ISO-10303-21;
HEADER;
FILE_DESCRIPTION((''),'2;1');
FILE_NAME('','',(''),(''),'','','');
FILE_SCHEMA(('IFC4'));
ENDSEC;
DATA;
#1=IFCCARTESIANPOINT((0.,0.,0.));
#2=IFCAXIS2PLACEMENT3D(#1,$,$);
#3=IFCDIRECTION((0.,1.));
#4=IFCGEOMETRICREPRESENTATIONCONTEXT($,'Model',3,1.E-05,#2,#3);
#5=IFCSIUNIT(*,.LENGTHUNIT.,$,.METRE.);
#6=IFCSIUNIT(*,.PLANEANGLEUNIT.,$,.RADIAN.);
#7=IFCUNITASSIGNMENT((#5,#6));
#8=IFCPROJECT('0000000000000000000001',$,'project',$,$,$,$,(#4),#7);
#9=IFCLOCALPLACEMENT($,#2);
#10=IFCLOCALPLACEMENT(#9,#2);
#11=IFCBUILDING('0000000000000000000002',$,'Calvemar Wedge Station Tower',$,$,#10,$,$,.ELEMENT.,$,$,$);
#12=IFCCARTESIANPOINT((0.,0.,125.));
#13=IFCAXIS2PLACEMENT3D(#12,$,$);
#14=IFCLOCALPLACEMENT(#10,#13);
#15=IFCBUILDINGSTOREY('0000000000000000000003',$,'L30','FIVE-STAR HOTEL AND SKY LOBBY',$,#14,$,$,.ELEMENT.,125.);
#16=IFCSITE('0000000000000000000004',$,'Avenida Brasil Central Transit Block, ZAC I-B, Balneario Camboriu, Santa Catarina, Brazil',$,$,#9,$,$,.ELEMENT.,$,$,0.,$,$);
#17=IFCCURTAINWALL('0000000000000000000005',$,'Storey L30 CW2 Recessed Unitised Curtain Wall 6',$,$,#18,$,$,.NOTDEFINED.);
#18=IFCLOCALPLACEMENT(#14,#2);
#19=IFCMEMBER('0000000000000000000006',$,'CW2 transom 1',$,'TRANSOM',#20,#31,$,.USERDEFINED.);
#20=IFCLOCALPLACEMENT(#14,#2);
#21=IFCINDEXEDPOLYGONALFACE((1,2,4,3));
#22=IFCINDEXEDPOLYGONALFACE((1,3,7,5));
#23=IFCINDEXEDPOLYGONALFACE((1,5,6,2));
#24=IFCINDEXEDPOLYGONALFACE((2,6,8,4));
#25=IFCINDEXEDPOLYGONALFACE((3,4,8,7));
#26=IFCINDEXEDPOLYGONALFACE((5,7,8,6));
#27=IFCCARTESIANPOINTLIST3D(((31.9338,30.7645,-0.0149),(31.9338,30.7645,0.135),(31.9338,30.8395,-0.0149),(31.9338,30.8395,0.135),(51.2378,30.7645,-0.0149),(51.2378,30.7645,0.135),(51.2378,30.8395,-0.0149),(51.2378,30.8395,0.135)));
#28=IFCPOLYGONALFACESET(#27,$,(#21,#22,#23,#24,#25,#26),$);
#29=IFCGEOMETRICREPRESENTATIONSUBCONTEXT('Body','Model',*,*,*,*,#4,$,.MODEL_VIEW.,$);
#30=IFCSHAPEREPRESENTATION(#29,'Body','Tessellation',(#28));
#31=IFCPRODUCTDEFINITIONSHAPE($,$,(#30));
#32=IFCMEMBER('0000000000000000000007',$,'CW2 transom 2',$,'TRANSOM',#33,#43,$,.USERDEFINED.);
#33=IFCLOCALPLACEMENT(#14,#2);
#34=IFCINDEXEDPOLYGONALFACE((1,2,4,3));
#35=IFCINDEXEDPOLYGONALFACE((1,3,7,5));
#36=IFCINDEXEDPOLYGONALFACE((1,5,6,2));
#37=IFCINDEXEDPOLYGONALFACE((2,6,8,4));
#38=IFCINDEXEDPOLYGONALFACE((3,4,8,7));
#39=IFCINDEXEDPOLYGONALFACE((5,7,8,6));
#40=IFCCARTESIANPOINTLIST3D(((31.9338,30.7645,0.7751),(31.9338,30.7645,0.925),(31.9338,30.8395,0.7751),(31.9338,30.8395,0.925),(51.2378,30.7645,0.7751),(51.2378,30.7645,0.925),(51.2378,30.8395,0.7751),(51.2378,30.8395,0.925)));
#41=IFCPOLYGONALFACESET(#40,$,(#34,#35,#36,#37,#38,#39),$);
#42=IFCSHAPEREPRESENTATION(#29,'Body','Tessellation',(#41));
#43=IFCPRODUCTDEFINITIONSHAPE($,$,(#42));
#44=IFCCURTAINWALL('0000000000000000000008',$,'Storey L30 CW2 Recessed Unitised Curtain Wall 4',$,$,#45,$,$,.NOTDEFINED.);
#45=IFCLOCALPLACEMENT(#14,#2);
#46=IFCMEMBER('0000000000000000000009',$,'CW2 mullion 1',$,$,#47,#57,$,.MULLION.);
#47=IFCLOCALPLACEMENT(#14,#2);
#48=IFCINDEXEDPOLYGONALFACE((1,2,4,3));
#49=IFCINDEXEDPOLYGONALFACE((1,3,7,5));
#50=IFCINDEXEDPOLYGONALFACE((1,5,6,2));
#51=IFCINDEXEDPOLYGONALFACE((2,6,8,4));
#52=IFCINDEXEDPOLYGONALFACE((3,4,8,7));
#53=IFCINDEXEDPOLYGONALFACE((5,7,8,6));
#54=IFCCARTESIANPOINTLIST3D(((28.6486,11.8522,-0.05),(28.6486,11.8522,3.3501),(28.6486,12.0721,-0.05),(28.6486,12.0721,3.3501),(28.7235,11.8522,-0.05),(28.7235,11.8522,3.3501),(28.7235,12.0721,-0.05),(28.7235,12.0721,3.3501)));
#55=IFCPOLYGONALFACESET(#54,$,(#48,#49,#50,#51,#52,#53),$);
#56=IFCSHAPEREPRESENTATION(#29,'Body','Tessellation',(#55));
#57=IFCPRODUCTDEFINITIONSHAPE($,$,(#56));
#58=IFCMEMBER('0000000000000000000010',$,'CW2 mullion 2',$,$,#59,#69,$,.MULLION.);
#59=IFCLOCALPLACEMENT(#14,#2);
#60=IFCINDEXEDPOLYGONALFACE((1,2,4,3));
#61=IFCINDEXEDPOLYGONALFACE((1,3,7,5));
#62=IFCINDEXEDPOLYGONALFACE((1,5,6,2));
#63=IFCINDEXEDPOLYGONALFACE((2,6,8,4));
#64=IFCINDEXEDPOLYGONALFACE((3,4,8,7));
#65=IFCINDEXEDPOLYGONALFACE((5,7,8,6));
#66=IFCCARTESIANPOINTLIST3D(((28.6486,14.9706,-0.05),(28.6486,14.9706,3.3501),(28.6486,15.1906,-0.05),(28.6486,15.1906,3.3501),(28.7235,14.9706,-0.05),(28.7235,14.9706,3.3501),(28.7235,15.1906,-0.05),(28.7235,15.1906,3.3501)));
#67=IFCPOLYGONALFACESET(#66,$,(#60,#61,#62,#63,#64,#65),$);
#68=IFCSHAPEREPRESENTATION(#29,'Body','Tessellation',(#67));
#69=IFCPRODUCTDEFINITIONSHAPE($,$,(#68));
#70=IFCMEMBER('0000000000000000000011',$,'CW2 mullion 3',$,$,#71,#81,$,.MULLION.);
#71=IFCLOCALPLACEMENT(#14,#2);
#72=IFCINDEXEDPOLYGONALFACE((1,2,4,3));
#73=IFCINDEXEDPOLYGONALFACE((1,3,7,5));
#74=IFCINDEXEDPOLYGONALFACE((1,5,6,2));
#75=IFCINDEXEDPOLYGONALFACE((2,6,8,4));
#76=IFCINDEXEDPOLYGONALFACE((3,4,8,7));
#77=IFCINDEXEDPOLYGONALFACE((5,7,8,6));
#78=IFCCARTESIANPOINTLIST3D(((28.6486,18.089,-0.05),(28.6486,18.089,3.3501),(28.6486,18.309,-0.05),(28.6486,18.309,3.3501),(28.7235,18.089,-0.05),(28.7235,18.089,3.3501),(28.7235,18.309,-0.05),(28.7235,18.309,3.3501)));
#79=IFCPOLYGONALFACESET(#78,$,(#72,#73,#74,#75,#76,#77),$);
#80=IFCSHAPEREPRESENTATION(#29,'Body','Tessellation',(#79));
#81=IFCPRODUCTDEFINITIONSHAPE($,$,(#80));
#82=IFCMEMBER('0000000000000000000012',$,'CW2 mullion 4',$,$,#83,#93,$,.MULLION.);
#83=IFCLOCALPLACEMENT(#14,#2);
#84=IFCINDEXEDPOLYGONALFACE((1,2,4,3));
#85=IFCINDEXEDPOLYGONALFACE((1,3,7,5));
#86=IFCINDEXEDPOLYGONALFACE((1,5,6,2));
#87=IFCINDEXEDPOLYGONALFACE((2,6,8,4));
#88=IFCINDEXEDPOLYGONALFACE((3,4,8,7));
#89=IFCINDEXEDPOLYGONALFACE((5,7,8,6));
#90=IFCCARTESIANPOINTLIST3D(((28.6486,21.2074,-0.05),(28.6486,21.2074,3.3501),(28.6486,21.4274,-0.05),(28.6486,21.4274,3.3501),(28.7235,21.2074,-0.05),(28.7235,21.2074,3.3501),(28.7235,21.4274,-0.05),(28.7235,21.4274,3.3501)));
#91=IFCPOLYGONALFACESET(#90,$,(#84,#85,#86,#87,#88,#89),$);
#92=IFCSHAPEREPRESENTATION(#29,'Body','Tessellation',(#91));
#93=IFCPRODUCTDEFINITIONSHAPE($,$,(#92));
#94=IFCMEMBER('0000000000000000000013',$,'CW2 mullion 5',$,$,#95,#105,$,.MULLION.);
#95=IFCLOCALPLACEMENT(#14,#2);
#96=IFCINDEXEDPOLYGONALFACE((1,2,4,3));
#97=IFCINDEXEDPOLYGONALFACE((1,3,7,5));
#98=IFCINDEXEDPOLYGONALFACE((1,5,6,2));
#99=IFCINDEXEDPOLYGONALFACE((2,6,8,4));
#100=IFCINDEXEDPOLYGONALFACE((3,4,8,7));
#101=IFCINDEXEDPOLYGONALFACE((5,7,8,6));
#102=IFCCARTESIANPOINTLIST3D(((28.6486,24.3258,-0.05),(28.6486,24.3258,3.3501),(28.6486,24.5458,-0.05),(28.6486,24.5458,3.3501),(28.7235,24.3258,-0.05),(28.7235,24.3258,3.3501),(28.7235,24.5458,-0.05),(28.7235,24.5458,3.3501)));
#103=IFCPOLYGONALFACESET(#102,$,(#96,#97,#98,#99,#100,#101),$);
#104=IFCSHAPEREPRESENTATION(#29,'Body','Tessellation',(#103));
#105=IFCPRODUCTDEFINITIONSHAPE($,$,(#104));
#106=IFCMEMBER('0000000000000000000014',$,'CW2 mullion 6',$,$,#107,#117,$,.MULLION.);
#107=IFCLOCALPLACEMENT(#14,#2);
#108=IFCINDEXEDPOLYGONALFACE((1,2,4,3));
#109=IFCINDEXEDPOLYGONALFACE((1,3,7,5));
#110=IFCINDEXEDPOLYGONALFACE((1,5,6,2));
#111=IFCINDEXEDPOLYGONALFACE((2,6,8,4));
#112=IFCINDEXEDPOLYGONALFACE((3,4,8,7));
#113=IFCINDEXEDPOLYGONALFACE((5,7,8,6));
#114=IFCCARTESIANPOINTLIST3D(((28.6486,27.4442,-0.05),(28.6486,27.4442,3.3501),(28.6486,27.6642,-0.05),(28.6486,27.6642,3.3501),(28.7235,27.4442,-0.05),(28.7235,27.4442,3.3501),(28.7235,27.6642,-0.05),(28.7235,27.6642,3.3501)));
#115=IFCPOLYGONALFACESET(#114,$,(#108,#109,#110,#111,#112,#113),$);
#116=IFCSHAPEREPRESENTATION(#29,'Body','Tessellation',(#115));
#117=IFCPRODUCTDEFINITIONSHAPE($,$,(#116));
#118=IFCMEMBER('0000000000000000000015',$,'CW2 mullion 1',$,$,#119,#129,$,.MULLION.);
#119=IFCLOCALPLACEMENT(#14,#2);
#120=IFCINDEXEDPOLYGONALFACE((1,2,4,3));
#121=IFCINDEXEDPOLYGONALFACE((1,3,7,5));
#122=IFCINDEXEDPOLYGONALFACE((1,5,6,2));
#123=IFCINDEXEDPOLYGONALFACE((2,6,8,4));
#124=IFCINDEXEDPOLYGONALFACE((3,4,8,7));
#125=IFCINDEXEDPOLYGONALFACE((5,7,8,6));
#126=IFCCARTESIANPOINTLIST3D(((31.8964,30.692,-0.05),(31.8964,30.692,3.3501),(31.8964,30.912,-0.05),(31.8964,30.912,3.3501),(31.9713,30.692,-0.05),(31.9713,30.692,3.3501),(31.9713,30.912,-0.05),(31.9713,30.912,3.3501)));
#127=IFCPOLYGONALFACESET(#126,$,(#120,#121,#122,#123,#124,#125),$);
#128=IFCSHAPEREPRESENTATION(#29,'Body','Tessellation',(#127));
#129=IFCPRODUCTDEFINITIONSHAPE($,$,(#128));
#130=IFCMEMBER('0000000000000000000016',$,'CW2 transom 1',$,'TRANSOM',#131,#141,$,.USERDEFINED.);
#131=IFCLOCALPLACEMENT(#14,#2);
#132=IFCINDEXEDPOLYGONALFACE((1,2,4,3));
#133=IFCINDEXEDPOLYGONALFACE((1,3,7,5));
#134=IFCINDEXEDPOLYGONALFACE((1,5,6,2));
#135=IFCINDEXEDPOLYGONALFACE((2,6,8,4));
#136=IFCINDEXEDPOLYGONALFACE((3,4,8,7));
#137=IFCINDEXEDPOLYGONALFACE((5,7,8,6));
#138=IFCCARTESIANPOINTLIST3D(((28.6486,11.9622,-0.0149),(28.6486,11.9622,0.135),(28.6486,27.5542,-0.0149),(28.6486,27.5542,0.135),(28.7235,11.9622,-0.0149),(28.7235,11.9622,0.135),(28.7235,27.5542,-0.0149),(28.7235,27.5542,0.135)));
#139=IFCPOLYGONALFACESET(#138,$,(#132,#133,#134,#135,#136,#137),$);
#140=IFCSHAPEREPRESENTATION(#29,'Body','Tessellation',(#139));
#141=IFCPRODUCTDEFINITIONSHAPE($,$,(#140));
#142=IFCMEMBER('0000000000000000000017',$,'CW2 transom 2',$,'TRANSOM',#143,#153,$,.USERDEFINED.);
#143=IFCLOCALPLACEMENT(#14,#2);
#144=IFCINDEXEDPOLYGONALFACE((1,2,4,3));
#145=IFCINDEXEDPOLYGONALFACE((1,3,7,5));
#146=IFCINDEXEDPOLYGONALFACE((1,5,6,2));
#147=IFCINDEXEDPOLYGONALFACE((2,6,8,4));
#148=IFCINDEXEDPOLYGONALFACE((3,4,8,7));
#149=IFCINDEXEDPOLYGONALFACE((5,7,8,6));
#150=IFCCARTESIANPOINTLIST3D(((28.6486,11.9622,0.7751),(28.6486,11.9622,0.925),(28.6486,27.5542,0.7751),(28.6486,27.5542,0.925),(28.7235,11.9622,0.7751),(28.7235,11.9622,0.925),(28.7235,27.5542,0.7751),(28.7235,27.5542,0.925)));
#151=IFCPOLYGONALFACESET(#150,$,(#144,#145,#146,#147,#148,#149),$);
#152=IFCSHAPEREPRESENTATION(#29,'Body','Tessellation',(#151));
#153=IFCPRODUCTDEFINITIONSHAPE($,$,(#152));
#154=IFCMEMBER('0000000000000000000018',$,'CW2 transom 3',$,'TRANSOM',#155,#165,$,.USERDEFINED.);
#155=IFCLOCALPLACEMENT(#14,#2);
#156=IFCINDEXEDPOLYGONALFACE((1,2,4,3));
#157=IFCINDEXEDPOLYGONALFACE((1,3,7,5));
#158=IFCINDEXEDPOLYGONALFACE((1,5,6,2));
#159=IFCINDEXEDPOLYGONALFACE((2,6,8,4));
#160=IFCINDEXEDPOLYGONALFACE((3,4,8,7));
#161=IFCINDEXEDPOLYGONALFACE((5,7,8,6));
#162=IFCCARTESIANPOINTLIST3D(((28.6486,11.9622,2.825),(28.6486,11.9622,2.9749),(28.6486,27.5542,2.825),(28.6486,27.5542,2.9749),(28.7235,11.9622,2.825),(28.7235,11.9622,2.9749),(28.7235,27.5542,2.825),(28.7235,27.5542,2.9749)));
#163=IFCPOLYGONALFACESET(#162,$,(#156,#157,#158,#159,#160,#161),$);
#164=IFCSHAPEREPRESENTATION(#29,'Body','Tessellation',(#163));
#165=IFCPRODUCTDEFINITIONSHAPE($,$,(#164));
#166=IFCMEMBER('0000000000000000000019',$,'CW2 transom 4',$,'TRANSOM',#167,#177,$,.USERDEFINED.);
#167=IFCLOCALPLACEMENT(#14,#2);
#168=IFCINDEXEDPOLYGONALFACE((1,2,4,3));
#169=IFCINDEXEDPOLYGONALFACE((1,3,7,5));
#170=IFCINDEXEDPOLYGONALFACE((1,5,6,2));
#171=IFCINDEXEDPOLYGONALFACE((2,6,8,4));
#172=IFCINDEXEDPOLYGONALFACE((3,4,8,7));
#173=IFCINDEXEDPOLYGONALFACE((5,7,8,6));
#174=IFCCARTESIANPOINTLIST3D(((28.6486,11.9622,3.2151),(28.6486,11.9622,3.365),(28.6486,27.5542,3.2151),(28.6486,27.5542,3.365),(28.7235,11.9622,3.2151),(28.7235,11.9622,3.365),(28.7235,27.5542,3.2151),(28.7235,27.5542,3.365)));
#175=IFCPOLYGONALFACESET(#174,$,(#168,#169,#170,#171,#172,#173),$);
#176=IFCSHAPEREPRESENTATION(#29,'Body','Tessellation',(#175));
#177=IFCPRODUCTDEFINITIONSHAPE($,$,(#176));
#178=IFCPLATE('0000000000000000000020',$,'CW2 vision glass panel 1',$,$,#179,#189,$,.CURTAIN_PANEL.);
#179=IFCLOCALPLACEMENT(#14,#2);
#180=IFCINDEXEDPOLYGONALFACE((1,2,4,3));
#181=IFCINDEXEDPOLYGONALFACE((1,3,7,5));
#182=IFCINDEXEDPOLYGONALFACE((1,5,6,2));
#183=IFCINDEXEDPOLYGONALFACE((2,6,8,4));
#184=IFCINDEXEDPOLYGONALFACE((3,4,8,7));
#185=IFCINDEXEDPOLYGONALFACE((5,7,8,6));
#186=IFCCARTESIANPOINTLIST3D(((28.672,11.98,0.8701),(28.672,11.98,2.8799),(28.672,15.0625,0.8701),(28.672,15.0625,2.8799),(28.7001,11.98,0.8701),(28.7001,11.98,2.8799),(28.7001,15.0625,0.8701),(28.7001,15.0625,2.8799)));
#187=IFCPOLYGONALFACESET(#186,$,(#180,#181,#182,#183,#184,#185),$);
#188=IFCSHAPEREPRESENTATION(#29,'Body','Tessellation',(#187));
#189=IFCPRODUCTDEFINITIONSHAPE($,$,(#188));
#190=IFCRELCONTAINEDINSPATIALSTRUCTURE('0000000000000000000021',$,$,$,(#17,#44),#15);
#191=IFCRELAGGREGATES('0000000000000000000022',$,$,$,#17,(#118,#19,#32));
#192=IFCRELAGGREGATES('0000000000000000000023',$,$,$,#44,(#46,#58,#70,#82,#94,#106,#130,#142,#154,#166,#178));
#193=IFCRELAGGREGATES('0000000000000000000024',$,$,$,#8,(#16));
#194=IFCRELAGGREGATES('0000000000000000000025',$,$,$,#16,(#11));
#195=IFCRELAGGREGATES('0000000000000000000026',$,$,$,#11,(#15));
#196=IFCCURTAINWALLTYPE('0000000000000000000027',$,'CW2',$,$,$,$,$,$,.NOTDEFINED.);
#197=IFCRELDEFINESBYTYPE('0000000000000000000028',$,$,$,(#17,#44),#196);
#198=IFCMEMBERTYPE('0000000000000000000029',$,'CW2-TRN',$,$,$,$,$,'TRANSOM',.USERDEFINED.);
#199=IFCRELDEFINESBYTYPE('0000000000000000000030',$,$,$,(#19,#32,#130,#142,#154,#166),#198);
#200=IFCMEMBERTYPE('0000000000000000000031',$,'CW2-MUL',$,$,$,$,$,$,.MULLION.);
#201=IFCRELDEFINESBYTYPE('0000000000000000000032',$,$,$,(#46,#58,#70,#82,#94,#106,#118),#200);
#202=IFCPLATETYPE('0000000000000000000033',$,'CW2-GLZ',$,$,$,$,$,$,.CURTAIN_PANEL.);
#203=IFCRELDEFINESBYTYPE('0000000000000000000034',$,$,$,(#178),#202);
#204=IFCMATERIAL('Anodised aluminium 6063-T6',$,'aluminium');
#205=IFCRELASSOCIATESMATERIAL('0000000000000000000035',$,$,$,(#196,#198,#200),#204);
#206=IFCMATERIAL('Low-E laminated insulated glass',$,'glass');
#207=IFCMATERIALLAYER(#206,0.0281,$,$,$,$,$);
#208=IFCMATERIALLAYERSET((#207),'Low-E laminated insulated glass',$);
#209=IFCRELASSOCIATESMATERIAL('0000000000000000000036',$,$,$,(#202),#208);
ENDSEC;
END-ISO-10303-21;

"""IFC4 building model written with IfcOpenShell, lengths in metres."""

from ifc_helpers import new_model, si_unit, direction, frame, frame_2d, origin, origin_2d, place, context, subcontext, project, spatial, rectangle, extrude, source, transform, mapped, material, layer, layer_set, material_profile, profile_set, type_object, element, aggregate, save


model = new_model("IFC4")

# Units and contexts
model_context = context("Model", 3, precision=1e-05, world=origin(), true_north=direction((0.0, 1.0)))
body_context = subcontext(model_context, "Body", "Model", "MODEL_VIEW")
ifc_project = project(units=[si_unit("LENGTHUNIT", "METRE"), si_unit("PLANEANGLEUNIT", "RADIAN")], contexts=[model_context])

# Site, building, storey
site_placement = place(None, origin())
site = spatial("IfcSite", under=ifc_project, at=site_placement, Name="Avenida Brasil Central Transit Block, ZAC I-B, Balneario Camboriu, Santa Catarina, Brazil", CompositionType="ELEMENT", RefElevation=0.0)
building_placement = place(site_placement, origin())
building = spatial("IfcBuilding", under=site, at=building_placement, Name="Calvemar Wedge Station Tower", CompositionType="ELEMENT")
storey_placement = place(building_placement, frame((0.0, 0.0, 125.0)))
storey = spatial("IfcBuildingStorey", under=building, at=storey_placement, Name="L30", Description="FIVE-STAR HOTEL AND SKY LOBBY", CompositionType="ELEMENT", Elevation=125.0)

# Curtain walls, members
ifc_material_1 = material(Name="Anodised aluminium 6063-T6", Category="aluminium")
curtain_wall_type = type_object("IfcCurtainWallType", Name="CW2", PredefinedType="NOTDEFINED", material=ifc_material_1)
curtain_wall_1_placement = place(storey_placement, origin())
curtain_wall_1 = element("IfcCurtainWall", 1, at=curtain_wall_1_placement, inside=storey, type_object=curtain_wall_type, Name="Storey L30 CW2 Recessed Unitised Curtain Wall 6", PredefinedType="NOTDEFINED")
ifc_material_profile_1 = material_profile(ifc_material_1, rectangle(XDim=0.075, YDim=0.1499, at=origin_2d()), Name="AL-TRN-75x150")
ifc_profile_set_1 = profile_set([ifc_material_profile_1], Name="Anodised aluminium 6063-T6")
member_type_1 = type_object("IfcMemberType", Name="CW2-TRN", ElementType="TRANSOM", PredefinedType="USERDEFINED", material=ifc_profile_set_1)
shared_shape_1 = source(origin(), body_context, "Body", "SweptSolid", [
    extrude(rectangle(XDim=0.075, YDim=0.1499, at=origin_2d()), origin(), (0.0, 0.0, 1.0), 19.304),
])
member_1_placement = place(storey_placement, frame((31.9338, 30.802, 0.0601), z_axis=(1.0, 0.0, 0.0), x_axis=(0.0, 1.0, 0.0)))
member_1 = element("IfcMember", 2, at=member_1_placement, type_object=member_type_1, Name="CW2 transom 1", ObjectType="TRANSOM", PredefinedType="USERDEFINED", context=body_context, shape_type="MappedRepresentation", body=[
    mapped(shared_shape_1, transform((0.0, 0.0, 0.0), scale=1.0)),
])
member_2_placement = place(storey_placement, frame((31.9338, 30.802, 0.8501), z_axis=(1.0, 0.0, 0.0), x_axis=(0.0, 1.0, 0.0)))
member_2 = element("IfcMember", 3, at=member_2_placement, type_object=member_type_1, Name="CW2 transom 2", ObjectType="TRANSOM", PredefinedType="USERDEFINED", context=body_context, shape_type="MappedRepresentation", body=[
    mapped(shared_shape_1, transform((0.0, 0.0, 0.0), scale=1.0)),
])
curtain_wall_2_placement = place(storey_placement, origin())
curtain_wall_2 = element("IfcCurtainWall", 4, at=curtain_wall_2_placement, inside=storey, type_object=curtain_wall_type, Name="Storey L30 CW2 Recessed Unitised Curtain Wall 4", PredefinedType="NOTDEFINED")
ifc_material_profile_2 = material_profile(ifc_material_1, rectangle(XDim=0.075, YDim=0.22, at=origin_2d()), Name="AL-MUL-75x220")
ifc_profile_set_2 = profile_set([ifc_material_profile_2], Name="Anodised aluminium 6063-T6")
member_type_2 = type_object("IfcMemberType", Name="CW2-MUL", PredefinedType="MULLION", material=ifc_profile_set_2)
shared_shape_2 = source(origin(), body_context, "Body", "SweptSolid", [
    extrude(rectangle(XDim=0.075, YDim=0.22, at=origin_2d()), origin(), (0.0, 0.0, 1.0), 3.4001),
])
member_3_placement = place(storey_placement, frame((28.686, 11.9622, -0.05), z_axis=(0.0, 0.0, 1.0), x_axis=(1.0, 0.0, 0.0)))
member_3 = element("IfcMember", 5, at=member_3_placement, type_object=member_type_2, Name="CW2 mullion 1", PredefinedType="MULLION", context=body_context, shape_type="MappedRepresentation", body=[
    mapped(shared_shape_2, transform((0.0, 0.0, 0.0), scale=1.0)),
])
member_4_placement = place(storey_placement, frame((28.686, 15.0806, -0.05), z_axis=(0.0, 0.0, 1.0), x_axis=(1.0, 0.0, 0.0)))
member_4 = element("IfcMember", 6, at=member_4_placement, type_object=member_type_2, Name="CW2 mullion 2", PredefinedType="MULLION", context=body_context, shape_type="MappedRepresentation", body=[
    mapped(shared_shape_2, transform((0.0, 0.0, 0.0), scale=1.0)),
])
member_5_placement = place(storey_placement, frame((28.686, 18.199, -0.05), z_axis=(0.0, 0.0, 1.0), x_axis=(1.0, 0.0, 0.0)))
member_5 = element("IfcMember", 7, at=member_5_placement, type_object=member_type_2, Name="CW2 mullion 3", PredefinedType="MULLION", context=body_context, shape_type="MappedRepresentation", body=[
    mapped(shared_shape_2, transform((0.0, 0.0, 0.0), scale=1.0)),
])
member_6_placement = place(storey_placement, frame((28.686, 21.3174, -0.05), z_axis=(0.0, 0.0, 1.0), x_axis=(1.0, 0.0, 0.0)))
member_6 = element("IfcMember", 8, at=member_6_placement, type_object=member_type_2, Name="CW2 mullion 4", PredefinedType="MULLION", context=body_context, shape_type="MappedRepresentation", body=[
    mapped(shared_shape_2, transform((0.0, 0.0, 0.0), scale=1.0)),
])
member_7_placement = place(storey_placement, frame((28.686, 24.4358, -0.05), z_axis=(0.0, 0.0, 1.0), x_axis=(1.0, 0.0, 0.0)))
member_7 = element("IfcMember", 9, at=member_7_placement, type_object=member_type_2, Name="CW2 mullion 5", PredefinedType="MULLION", context=body_context, shape_type="MappedRepresentation", body=[
    mapped(shared_shape_2, transform((0.0, 0.0, 0.0), scale=1.0)),
])
member_8_placement = place(storey_placement, frame((28.686, 27.5542, -0.05), z_axis=(0.0, 0.0, 1.0), x_axis=(1.0, 0.0, 0.0)))
member_8 = element("IfcMember", 10, at=member_8_placement, type_object=member_type_2, Name="CW2 mullion 6", PredefinedType="MULLION", context=body_context, shape_type="MappedRepresentation", body=[
    mapped(shared_shape_2, transform((0.0, 0.0, 0.0), scale=1.0)),
])

# Members
member_9_placement = place(storey_placement, frame((31.9338, 30.802, -0.05), z_axis=(0.0, 0.0, 1.0), x_axis=(1.0, 0.0, 0.0)))
member_9 = element("IfcMember", 11, at=member_9_placement, type_object=member_type_2, Name="CW2 mullion 1", PredefinedType="MULLION", context=body_context, shape_type="MappedRepresentation", body=[
    mapped(shared_shape_2, transform((0.0, 0.0, 0.0), scale=1.0)),
])
aggregate(curtain_wall_1, [member_9, member_1, member_2])
shared_shape_3 = source(origin(), body_context, "Body", "SweptSolid", [
    extrude(rectangle(XDim=0.075, YDim=0.1499, at=origin_2d()), origin(), (0.0, 0.0, 1.0), 15.592),
])
member_10_placement = place(storey_placement, frame((28.686, 11.9622, 0.0601), z_axis=(0.0, 1.0, 0.0), x_axis=(-1.0, 0.0, 0.0)))
member_10 = element("IfcMember", 12, at=member_10_placement, type_object=member_type_1, Name="CW2 transom 1", ObjectType="TRANSOM", PredefinedType="USERDEFINED", context=body_context, shape_type="MappedRepresentation", body=[
    mapped(shared_shape_3, transform((0.0, 0.0, 0.0), scale=1.0)),
])
member_11_placement = place(storey_placement, frame((28.686, 11.9622, 0.8501), z_axis=(0.0, 1.0, 0.0), x_axis=(-1.0, 0.0, 0.0)))
member_11 = element("IfcMember", 13, at=member_11_placement, type_object=member_type_1, Name="CW2 transom 2", ObjectType="TRANSOM", PredefinedType="USERDEFINED", context=body_context, shape_type="MappedRepresentation", body=[
    mapped(shared_shape_3, transform((0.0, 0.0, 0.0), scale=1.0)),
])
member_12_placement = place(storey_placement, frame((28.686, 11.9622, 2.8999), z_axis=(0.0, 1.0, 0.0), x_axis=(-1.0, 0.0, 0.0)))
member_12 = element("IfcMember", 14, at=member_12_placement, type_object=member_type_1, Name="CW2 transom 3", ObjectType="TRANSOM", PredefinedType="USERDEFINED", context=body_context, shape_type="MappedRepresentation", body=[
    mapped(shared_shape_3, transform((0.0, 0.0, 0.0), scale=1.0)),
])
member_13_placement = place(storey_placement, frame((28.686, 11.9622, 3.29), z_axis=(0.0, 1.0, 0.0), x_axis=(-1.0, 0.0, 0.0)))
member_13 = element("IfcMember", 15, at=member_13_placement, type_object=member_type_1, Name="CW2 transom 4", ObjectType="TRANSOM", PredefinedType="USERDEFINED", context=body_context, shape_type="MappedRepresentation", body=[
    mapped(shared_shape_3, transform((0.0, 0.0, 0.0), scale=1.0)),
])

# Plate
ifc_material_2 = material(Name="Low-E laminated insulated glass", Category="glass")
ifc_layer_1 = layer(ifc_material_2, 0.0281)
ifc_layer_set_1 = layer_set([ifc_layer_1], Name="Low-E laminated insulated glass")
plate_type_1 = type_object("IfcPlateType", Name="CW2-GLZ", PredefinedType="CURTAIN_PANEL", material=ifc_layer_set_1)
plate_1_placement = place(storey_placement, frame((28.686, 11.98, 0.8701), z_axis=(0.0, 0.0, 1.0), x_axis=(0.0, 1.0, 0.0)))
plate_1 = element("IfcPlate", 16, at=plate_1_placement, type_object=plate_type_1, Name="CW2 vision glass panel 1", PredefinedType="CURTAIN_PANEL", context=body_context, shape_type="SweptSolid", body=[
    extrude(rectangle(XDim=3.0825, YDim=0.0281, at=frame_2d((1.5413, 0.0))), origin(), (0.0, 0.0, 1.0), 2.0098),
])
aggregate(curtain_wall_2, [member_3, member_4, member_5, member_6, member_7, member_8, member_10, member_11, member_12, member_13, plate_1])

save(model, "model.ifc")
